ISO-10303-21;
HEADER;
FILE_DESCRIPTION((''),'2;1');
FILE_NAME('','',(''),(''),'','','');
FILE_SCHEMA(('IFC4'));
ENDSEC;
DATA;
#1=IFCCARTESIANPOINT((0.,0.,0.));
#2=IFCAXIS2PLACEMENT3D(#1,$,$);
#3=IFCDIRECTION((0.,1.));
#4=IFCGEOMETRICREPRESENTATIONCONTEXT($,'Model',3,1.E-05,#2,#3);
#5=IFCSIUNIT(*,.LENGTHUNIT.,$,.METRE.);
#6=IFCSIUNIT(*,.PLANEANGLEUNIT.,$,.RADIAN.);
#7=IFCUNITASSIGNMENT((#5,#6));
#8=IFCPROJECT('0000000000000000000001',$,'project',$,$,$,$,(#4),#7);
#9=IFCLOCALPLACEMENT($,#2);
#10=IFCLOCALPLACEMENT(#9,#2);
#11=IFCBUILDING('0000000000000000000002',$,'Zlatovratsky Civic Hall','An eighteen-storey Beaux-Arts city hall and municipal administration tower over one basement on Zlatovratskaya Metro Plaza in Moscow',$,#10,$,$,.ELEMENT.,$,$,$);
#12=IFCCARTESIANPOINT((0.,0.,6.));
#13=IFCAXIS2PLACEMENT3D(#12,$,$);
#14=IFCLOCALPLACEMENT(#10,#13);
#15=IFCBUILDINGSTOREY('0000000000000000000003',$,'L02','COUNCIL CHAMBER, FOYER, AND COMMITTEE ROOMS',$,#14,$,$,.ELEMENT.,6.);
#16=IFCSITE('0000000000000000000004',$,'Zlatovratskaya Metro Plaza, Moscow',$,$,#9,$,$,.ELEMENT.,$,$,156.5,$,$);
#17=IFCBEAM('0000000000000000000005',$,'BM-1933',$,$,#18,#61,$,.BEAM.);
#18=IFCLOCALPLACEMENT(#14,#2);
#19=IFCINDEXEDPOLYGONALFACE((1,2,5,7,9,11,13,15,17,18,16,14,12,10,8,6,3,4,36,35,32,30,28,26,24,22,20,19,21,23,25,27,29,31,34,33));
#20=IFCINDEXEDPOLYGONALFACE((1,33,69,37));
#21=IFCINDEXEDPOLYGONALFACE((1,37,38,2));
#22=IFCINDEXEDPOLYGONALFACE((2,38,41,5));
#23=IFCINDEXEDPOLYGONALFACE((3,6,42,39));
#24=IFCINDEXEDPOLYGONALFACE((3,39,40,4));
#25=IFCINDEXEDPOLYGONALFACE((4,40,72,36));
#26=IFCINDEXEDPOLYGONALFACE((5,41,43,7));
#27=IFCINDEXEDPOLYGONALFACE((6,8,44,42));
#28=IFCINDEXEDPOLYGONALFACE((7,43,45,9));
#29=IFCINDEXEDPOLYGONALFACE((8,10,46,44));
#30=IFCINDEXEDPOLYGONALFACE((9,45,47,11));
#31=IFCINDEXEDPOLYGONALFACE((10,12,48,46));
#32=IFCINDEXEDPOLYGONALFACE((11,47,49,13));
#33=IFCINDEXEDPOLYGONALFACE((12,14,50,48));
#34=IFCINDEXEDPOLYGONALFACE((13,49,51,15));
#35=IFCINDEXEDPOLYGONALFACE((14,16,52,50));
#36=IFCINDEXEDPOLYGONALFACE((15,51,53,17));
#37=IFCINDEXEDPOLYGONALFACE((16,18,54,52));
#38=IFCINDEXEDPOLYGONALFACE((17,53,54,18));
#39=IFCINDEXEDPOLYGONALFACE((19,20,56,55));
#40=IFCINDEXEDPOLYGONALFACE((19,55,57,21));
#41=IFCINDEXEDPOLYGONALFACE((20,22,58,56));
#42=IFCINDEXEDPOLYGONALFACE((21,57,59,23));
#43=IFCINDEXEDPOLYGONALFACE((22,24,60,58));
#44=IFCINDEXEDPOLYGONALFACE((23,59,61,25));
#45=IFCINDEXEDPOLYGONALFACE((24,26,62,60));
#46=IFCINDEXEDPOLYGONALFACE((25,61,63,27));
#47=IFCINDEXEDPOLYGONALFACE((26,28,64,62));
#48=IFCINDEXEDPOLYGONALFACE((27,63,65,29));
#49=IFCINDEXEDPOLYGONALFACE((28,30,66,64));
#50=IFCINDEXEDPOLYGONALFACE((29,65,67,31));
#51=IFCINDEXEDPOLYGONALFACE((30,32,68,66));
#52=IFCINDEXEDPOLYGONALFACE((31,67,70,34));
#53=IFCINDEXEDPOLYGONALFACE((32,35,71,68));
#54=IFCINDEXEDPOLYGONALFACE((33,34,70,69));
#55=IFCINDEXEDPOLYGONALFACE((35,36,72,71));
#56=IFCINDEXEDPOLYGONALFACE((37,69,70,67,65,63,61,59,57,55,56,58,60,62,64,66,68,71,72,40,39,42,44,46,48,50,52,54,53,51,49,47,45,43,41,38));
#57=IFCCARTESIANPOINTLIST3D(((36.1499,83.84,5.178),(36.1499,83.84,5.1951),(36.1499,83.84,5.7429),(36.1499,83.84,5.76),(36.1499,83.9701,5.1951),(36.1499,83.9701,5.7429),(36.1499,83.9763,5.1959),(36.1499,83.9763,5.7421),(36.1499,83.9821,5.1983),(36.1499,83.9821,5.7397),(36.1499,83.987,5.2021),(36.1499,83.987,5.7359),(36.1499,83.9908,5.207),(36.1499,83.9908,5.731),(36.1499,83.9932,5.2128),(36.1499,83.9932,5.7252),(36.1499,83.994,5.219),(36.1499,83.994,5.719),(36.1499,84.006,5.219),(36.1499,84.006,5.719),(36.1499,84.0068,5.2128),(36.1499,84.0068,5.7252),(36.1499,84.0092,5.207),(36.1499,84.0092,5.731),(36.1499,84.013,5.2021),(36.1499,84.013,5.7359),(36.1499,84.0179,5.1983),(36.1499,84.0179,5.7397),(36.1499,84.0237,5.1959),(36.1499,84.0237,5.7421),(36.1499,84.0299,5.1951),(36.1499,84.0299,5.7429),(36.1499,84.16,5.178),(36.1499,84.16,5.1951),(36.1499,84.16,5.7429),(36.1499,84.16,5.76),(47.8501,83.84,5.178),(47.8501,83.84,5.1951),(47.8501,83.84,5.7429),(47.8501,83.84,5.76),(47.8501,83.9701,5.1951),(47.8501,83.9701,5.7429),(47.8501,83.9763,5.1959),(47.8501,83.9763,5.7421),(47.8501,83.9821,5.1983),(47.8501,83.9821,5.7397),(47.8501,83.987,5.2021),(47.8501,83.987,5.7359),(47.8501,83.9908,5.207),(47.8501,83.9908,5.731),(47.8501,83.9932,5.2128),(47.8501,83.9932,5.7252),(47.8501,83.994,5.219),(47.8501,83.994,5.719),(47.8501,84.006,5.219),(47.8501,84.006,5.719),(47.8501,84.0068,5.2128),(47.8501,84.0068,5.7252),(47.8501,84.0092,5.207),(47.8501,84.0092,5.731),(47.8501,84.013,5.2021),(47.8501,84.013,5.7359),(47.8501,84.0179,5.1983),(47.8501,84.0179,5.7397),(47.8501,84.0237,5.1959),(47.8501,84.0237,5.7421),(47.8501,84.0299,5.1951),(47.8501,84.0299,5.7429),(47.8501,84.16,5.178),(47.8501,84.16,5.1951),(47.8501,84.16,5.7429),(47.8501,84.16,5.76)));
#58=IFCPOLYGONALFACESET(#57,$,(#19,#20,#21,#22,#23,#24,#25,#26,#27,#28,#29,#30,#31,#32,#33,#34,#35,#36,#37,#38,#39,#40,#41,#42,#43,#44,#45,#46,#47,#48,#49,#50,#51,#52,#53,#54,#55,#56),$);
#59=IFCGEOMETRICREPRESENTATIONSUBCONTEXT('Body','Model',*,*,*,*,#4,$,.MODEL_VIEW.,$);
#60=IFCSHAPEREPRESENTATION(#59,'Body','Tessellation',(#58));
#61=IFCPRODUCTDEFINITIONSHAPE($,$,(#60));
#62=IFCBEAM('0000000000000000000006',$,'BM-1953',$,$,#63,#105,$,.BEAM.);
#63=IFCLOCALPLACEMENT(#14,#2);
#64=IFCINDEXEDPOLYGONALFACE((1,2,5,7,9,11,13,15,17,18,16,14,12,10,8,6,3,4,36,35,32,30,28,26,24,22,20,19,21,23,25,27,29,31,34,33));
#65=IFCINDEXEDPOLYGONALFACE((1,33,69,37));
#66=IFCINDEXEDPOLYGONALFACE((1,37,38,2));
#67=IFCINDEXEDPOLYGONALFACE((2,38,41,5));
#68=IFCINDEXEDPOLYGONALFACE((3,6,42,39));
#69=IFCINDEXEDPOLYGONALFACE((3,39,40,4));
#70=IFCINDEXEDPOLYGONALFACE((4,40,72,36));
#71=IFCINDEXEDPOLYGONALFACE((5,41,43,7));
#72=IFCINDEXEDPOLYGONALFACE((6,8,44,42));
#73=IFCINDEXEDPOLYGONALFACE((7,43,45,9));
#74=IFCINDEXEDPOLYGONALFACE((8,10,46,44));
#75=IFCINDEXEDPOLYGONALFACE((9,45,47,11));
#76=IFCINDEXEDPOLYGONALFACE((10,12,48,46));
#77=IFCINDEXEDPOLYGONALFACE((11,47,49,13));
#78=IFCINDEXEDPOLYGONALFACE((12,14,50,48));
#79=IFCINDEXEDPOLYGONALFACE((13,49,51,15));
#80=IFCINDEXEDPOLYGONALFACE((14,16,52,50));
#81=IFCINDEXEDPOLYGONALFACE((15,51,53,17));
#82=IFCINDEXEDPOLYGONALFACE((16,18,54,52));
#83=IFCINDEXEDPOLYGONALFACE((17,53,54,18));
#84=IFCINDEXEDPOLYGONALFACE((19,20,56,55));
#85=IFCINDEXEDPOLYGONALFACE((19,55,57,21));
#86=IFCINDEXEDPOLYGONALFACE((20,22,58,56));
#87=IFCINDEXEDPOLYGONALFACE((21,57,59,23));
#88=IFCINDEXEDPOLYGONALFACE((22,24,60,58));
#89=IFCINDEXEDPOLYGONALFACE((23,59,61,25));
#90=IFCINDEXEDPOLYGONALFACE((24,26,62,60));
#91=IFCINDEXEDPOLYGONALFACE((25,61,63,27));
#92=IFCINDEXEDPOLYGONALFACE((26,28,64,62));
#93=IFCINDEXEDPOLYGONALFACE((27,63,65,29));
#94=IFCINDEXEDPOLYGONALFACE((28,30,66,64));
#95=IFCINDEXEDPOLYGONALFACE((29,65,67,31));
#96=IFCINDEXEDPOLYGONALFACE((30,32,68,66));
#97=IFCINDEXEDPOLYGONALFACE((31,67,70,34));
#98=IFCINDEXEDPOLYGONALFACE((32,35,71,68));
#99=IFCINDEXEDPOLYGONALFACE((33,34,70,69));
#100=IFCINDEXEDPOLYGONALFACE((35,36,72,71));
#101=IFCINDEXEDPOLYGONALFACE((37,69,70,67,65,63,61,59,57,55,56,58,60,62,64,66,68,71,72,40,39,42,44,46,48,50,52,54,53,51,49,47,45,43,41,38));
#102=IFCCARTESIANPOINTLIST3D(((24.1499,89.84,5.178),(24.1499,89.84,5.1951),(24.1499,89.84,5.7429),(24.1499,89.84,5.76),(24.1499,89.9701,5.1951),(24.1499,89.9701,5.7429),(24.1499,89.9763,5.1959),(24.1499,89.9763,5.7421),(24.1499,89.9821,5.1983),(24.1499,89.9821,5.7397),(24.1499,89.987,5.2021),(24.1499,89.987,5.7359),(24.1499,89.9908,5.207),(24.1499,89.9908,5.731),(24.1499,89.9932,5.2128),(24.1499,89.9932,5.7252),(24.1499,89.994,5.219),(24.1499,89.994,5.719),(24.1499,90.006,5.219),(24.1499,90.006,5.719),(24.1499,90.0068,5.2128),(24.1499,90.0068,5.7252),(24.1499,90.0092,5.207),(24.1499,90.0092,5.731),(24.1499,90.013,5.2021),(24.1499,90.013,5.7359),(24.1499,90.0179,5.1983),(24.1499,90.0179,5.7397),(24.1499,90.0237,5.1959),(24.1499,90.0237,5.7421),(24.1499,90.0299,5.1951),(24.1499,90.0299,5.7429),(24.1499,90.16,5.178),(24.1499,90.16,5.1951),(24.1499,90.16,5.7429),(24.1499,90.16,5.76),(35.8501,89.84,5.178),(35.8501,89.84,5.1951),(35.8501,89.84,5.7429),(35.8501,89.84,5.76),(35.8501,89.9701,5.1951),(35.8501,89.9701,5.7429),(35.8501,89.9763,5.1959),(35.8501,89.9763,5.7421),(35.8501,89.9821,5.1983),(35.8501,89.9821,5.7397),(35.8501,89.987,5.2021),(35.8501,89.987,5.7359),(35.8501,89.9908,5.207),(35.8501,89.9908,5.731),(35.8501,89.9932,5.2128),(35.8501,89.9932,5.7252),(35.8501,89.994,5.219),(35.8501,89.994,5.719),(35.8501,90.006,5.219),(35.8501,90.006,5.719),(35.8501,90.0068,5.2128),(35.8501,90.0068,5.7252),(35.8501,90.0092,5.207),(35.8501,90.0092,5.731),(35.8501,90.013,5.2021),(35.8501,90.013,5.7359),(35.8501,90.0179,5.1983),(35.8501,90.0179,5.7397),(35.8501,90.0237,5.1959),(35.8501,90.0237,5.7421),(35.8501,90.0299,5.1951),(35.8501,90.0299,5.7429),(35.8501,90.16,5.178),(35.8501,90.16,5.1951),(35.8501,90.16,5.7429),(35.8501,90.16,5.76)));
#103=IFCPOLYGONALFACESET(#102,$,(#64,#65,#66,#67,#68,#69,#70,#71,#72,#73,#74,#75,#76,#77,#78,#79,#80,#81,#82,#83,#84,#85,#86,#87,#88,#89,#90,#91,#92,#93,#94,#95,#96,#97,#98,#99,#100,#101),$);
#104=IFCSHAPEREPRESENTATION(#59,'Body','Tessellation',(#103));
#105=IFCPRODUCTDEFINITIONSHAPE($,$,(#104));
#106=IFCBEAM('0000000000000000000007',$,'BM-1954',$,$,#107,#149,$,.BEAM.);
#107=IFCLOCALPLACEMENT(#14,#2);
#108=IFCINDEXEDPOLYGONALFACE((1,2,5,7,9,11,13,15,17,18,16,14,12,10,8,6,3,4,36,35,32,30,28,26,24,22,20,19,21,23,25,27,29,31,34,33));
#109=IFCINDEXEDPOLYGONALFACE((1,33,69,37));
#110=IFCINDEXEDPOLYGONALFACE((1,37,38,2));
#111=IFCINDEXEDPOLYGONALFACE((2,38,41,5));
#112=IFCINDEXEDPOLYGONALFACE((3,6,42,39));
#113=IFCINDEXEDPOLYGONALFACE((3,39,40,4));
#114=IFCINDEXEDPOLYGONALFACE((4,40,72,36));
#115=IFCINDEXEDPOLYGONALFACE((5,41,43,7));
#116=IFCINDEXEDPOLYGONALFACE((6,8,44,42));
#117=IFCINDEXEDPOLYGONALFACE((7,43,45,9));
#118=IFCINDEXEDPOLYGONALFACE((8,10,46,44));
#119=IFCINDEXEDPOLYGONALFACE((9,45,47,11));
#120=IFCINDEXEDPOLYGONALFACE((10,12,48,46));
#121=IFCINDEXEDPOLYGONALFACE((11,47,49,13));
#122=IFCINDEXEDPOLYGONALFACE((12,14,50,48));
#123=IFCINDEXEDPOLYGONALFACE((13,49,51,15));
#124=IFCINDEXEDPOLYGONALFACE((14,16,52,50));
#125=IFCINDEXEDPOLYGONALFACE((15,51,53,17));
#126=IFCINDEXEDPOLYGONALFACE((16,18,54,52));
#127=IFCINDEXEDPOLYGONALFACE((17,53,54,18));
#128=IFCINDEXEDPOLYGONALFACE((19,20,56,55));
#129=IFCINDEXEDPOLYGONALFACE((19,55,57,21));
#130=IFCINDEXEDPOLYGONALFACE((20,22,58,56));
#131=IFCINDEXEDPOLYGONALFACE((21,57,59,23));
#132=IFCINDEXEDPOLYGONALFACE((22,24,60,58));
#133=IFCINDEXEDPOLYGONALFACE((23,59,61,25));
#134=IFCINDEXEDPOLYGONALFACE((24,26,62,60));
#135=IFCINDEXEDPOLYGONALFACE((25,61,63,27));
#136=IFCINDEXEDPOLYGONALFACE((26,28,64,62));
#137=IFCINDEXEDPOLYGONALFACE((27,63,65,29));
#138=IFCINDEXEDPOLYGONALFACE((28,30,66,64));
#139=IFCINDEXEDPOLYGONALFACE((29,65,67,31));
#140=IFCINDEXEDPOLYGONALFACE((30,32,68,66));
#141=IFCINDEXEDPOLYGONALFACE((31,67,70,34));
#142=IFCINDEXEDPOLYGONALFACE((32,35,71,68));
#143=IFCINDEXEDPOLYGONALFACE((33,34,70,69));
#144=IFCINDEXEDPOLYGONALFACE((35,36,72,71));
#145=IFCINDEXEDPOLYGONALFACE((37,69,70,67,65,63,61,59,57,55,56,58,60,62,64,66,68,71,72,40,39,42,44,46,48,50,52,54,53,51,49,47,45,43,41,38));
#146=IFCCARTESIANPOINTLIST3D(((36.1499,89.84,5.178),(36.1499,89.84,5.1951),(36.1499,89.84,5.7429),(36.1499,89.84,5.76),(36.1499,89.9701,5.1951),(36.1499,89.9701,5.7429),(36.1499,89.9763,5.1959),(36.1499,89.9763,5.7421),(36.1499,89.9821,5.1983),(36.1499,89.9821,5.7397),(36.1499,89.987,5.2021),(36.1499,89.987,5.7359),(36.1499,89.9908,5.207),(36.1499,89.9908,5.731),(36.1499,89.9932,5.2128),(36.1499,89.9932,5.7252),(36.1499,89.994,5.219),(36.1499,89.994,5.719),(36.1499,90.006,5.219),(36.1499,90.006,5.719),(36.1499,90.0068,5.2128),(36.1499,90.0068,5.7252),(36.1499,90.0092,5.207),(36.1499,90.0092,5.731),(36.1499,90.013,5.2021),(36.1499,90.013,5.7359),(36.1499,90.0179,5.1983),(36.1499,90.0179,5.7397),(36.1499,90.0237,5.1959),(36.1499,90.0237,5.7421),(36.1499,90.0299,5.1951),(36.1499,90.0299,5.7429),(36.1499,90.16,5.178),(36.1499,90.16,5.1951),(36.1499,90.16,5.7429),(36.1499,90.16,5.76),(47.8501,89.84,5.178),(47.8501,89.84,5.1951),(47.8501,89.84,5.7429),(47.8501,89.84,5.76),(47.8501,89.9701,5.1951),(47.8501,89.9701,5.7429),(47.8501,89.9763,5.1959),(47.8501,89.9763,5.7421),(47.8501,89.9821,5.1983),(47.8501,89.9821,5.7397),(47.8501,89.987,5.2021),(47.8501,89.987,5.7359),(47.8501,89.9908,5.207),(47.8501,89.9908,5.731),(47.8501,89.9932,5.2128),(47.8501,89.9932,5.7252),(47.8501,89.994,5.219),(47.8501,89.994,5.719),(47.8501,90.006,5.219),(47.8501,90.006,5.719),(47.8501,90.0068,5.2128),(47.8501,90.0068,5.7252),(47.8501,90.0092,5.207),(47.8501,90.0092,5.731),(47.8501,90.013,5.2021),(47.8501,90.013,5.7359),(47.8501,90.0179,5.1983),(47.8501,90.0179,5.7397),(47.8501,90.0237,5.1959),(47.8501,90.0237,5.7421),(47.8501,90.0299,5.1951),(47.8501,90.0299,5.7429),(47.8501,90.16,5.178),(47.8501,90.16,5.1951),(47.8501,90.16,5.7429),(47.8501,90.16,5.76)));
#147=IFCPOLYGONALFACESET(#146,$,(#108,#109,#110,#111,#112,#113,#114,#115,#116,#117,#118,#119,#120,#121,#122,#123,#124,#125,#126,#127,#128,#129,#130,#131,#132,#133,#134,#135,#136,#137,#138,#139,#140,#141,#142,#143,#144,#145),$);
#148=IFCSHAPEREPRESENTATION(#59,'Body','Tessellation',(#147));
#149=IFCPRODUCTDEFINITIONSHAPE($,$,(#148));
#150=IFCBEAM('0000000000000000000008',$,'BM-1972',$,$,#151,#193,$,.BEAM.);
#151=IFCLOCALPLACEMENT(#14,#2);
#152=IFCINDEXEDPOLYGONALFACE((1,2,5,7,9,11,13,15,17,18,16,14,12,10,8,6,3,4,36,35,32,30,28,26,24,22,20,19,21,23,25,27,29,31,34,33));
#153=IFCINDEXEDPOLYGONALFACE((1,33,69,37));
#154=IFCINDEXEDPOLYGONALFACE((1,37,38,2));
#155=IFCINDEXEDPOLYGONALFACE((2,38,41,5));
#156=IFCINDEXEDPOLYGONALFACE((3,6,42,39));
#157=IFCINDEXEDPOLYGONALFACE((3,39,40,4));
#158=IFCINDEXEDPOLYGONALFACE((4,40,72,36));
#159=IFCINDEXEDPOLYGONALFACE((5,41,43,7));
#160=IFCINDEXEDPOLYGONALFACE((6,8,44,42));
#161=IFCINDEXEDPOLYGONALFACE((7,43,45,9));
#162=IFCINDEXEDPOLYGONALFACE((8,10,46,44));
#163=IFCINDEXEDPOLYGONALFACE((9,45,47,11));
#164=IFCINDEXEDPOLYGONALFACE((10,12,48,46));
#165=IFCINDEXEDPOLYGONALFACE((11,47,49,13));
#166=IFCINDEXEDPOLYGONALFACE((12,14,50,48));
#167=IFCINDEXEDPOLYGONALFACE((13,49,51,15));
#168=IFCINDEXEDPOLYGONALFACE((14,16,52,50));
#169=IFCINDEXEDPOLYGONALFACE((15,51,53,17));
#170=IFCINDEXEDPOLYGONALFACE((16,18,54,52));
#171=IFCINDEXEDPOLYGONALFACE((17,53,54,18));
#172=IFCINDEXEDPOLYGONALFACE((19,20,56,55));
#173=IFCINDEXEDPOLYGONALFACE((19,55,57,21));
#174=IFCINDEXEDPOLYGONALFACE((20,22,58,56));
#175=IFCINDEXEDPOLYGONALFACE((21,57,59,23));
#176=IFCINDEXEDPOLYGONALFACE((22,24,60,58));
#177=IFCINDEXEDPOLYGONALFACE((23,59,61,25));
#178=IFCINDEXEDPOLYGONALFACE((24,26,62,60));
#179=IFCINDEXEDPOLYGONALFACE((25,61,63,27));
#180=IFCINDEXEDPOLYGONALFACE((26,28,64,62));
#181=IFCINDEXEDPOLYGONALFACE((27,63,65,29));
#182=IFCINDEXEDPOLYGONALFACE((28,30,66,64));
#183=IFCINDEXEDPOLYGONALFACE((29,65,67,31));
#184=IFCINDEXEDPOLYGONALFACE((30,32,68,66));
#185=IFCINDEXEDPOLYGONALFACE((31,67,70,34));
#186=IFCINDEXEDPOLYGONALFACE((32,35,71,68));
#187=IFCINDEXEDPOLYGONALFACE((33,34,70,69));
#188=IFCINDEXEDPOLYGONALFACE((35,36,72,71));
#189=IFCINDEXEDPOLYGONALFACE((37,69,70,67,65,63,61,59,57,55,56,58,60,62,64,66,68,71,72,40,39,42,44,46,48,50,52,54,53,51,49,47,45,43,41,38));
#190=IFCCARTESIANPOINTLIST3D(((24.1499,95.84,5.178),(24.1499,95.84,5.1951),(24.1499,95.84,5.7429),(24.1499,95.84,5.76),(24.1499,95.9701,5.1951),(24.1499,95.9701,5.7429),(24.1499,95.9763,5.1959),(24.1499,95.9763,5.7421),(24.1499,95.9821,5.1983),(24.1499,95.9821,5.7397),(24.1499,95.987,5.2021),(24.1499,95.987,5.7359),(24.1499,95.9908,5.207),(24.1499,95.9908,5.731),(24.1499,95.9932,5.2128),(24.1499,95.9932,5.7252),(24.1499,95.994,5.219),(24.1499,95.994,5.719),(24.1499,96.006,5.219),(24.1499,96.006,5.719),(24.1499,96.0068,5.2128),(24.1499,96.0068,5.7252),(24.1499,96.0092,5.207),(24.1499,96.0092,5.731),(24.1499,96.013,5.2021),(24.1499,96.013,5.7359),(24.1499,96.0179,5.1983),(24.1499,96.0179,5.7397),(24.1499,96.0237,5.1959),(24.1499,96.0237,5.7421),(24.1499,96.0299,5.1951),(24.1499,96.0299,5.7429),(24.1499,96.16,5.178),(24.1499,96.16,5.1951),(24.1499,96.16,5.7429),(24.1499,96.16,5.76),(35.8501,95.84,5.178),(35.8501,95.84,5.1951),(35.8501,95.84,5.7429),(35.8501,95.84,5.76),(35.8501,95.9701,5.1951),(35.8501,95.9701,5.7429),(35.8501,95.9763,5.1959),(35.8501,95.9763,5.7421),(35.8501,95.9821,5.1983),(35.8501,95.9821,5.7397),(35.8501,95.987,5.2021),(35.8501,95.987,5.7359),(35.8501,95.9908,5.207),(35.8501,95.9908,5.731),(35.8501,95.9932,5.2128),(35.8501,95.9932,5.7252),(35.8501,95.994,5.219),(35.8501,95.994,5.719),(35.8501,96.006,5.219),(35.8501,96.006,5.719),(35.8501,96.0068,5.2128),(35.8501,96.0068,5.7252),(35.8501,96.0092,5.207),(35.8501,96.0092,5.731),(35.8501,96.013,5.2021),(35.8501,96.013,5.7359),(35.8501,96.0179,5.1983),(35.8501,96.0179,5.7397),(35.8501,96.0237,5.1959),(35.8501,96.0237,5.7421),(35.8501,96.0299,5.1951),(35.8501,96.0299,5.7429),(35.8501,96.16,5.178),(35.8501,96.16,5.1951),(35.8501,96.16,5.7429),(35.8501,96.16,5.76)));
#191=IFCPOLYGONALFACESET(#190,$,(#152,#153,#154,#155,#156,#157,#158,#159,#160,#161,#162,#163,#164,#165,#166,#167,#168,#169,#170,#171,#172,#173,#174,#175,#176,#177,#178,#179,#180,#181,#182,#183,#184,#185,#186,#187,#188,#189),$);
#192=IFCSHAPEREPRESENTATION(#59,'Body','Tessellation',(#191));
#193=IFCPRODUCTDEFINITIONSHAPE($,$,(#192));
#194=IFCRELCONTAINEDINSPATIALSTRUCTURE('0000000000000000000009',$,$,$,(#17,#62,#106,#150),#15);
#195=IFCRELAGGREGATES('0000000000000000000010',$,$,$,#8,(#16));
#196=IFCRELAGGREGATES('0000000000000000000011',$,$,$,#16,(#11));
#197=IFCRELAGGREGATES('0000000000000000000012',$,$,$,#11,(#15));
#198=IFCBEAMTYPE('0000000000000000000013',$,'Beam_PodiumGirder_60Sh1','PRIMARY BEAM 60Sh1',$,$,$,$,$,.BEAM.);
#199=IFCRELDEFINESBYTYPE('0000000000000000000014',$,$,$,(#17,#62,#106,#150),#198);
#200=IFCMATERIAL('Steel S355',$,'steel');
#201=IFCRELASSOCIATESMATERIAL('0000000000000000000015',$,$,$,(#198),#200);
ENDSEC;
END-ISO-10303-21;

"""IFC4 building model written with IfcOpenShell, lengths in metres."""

from ifc_helpers import new_model, si_unit, direction, frame, origin, origin_2d, place, context, subcontext, project, spatial, i_section, extrude, material, material_profile, profile_set, type_object, element, save


model = new_model("IFC4")

# Units and contexts
model_context = context("Model", 3, precision=1e-05, world=origin(), true_north=direction((0.0, 1.0)))
body_context = subcontext(model_context, "Body", "Model", "MODEL_VIEW")
ifc_project = project(units=[si_unit("LENGTHUNIT", "METRE"), si_unit("PLANEANGLEUNIT", "RADIAN")], contexts=[model_context])

# Site, building, storey
site_placement = place(None, origin())
site = spatial("IfcSite", under=ifc_project, at=site_placement, Name="Zlatovratskaya Metro Plaza, Moscow", CompositionType="ELEMENT", RefElevation=156.5)
building_placement = place(site_placement, origin())
building = spatial("IfcBuilding", under=site, at=building_placement, Name="Zlatovratsky Civic Hall", Description="An eighteen-storey Beaux-Arts city hall and municipal administration tower over one basement on Zlatovratskaya Metro Plaza in Moscow", CompositionType="ELEMENT")
storey_placement = place(building_placement, frame((0.0, 0.0, 6.0)))
storey = spatial("IfcBuildingStorey", under=building, at=storey_placement, Name="L02", Description="COUNCIL CHAMBER, FOYER, AND COMMITTEE ROOMS", CompositionType="ELEMENT", Elevation=6.0)

# Shared definitions
ifc_material_1 = material(Name="Steel S355", Category="steel")

# Beams
ifc_material_profile_1 = material_profile(ifc_material_1, i_section(OverallWidth=0.3201, OverallDepth=0.582, WebThickness=0.012, FlangeThickness=0.0171, FilletRadius=0.0239, at=origin_2d()), Name="60Sh1")
ifc_profile_set_1 = profile_set([ifc_material_profile_1], Name="Steel S355")
beam_type_1 = type_object("IfcBeamType", Name="Beam_PodiumGirder_60Sh1", Description="PRIMARY BEAM 60Sh1", PredefinedType="BEAM", material=ifc_profile_set_1)
for number, where, z_axis, x_axis, name in (
    (1, (36.1499, 84.0, 5.469), (1.0, 0.0, 0.0), (0.0, 1.0, 0.0), "BM-1933"),
    (2, (24.1499, 90.0, 5.469), (1.0, 0.0, 0.0), (0.0, 1.0, 0.0), "BM-1953"),
    (3, (36.1499, 90.0, 5.469), (1.0, 0.0, 0.0), (0.0, 1.0, 0.0), "BM-1954"),
    (4, (24.1499, 96.0, 5.469), (1.0, 0.0, 0.0), (0.0, 1.0, 0.0), "BM-1972"),
):
    element("IfcBeam", number, at=place(storey_placement, frame(where, z_axis=z_axis, x_axis=x_axis)), inside=storey, type_object=beam_type_1, Name=name, PredefinedType="BEAM", context=body_context, shape_type="SweptSolid", body=[
        extrude(i_section(OverallWidth=0.3201, OverallDepth=0.582, WebThickness=0.012, FlangeThickness=0.0171, FilletRadius=0.0239, at=origin_2d()), origin(), (0.0, 0.0, 1.0), 11.7002),
    ])

save(model, "model.ifc")
